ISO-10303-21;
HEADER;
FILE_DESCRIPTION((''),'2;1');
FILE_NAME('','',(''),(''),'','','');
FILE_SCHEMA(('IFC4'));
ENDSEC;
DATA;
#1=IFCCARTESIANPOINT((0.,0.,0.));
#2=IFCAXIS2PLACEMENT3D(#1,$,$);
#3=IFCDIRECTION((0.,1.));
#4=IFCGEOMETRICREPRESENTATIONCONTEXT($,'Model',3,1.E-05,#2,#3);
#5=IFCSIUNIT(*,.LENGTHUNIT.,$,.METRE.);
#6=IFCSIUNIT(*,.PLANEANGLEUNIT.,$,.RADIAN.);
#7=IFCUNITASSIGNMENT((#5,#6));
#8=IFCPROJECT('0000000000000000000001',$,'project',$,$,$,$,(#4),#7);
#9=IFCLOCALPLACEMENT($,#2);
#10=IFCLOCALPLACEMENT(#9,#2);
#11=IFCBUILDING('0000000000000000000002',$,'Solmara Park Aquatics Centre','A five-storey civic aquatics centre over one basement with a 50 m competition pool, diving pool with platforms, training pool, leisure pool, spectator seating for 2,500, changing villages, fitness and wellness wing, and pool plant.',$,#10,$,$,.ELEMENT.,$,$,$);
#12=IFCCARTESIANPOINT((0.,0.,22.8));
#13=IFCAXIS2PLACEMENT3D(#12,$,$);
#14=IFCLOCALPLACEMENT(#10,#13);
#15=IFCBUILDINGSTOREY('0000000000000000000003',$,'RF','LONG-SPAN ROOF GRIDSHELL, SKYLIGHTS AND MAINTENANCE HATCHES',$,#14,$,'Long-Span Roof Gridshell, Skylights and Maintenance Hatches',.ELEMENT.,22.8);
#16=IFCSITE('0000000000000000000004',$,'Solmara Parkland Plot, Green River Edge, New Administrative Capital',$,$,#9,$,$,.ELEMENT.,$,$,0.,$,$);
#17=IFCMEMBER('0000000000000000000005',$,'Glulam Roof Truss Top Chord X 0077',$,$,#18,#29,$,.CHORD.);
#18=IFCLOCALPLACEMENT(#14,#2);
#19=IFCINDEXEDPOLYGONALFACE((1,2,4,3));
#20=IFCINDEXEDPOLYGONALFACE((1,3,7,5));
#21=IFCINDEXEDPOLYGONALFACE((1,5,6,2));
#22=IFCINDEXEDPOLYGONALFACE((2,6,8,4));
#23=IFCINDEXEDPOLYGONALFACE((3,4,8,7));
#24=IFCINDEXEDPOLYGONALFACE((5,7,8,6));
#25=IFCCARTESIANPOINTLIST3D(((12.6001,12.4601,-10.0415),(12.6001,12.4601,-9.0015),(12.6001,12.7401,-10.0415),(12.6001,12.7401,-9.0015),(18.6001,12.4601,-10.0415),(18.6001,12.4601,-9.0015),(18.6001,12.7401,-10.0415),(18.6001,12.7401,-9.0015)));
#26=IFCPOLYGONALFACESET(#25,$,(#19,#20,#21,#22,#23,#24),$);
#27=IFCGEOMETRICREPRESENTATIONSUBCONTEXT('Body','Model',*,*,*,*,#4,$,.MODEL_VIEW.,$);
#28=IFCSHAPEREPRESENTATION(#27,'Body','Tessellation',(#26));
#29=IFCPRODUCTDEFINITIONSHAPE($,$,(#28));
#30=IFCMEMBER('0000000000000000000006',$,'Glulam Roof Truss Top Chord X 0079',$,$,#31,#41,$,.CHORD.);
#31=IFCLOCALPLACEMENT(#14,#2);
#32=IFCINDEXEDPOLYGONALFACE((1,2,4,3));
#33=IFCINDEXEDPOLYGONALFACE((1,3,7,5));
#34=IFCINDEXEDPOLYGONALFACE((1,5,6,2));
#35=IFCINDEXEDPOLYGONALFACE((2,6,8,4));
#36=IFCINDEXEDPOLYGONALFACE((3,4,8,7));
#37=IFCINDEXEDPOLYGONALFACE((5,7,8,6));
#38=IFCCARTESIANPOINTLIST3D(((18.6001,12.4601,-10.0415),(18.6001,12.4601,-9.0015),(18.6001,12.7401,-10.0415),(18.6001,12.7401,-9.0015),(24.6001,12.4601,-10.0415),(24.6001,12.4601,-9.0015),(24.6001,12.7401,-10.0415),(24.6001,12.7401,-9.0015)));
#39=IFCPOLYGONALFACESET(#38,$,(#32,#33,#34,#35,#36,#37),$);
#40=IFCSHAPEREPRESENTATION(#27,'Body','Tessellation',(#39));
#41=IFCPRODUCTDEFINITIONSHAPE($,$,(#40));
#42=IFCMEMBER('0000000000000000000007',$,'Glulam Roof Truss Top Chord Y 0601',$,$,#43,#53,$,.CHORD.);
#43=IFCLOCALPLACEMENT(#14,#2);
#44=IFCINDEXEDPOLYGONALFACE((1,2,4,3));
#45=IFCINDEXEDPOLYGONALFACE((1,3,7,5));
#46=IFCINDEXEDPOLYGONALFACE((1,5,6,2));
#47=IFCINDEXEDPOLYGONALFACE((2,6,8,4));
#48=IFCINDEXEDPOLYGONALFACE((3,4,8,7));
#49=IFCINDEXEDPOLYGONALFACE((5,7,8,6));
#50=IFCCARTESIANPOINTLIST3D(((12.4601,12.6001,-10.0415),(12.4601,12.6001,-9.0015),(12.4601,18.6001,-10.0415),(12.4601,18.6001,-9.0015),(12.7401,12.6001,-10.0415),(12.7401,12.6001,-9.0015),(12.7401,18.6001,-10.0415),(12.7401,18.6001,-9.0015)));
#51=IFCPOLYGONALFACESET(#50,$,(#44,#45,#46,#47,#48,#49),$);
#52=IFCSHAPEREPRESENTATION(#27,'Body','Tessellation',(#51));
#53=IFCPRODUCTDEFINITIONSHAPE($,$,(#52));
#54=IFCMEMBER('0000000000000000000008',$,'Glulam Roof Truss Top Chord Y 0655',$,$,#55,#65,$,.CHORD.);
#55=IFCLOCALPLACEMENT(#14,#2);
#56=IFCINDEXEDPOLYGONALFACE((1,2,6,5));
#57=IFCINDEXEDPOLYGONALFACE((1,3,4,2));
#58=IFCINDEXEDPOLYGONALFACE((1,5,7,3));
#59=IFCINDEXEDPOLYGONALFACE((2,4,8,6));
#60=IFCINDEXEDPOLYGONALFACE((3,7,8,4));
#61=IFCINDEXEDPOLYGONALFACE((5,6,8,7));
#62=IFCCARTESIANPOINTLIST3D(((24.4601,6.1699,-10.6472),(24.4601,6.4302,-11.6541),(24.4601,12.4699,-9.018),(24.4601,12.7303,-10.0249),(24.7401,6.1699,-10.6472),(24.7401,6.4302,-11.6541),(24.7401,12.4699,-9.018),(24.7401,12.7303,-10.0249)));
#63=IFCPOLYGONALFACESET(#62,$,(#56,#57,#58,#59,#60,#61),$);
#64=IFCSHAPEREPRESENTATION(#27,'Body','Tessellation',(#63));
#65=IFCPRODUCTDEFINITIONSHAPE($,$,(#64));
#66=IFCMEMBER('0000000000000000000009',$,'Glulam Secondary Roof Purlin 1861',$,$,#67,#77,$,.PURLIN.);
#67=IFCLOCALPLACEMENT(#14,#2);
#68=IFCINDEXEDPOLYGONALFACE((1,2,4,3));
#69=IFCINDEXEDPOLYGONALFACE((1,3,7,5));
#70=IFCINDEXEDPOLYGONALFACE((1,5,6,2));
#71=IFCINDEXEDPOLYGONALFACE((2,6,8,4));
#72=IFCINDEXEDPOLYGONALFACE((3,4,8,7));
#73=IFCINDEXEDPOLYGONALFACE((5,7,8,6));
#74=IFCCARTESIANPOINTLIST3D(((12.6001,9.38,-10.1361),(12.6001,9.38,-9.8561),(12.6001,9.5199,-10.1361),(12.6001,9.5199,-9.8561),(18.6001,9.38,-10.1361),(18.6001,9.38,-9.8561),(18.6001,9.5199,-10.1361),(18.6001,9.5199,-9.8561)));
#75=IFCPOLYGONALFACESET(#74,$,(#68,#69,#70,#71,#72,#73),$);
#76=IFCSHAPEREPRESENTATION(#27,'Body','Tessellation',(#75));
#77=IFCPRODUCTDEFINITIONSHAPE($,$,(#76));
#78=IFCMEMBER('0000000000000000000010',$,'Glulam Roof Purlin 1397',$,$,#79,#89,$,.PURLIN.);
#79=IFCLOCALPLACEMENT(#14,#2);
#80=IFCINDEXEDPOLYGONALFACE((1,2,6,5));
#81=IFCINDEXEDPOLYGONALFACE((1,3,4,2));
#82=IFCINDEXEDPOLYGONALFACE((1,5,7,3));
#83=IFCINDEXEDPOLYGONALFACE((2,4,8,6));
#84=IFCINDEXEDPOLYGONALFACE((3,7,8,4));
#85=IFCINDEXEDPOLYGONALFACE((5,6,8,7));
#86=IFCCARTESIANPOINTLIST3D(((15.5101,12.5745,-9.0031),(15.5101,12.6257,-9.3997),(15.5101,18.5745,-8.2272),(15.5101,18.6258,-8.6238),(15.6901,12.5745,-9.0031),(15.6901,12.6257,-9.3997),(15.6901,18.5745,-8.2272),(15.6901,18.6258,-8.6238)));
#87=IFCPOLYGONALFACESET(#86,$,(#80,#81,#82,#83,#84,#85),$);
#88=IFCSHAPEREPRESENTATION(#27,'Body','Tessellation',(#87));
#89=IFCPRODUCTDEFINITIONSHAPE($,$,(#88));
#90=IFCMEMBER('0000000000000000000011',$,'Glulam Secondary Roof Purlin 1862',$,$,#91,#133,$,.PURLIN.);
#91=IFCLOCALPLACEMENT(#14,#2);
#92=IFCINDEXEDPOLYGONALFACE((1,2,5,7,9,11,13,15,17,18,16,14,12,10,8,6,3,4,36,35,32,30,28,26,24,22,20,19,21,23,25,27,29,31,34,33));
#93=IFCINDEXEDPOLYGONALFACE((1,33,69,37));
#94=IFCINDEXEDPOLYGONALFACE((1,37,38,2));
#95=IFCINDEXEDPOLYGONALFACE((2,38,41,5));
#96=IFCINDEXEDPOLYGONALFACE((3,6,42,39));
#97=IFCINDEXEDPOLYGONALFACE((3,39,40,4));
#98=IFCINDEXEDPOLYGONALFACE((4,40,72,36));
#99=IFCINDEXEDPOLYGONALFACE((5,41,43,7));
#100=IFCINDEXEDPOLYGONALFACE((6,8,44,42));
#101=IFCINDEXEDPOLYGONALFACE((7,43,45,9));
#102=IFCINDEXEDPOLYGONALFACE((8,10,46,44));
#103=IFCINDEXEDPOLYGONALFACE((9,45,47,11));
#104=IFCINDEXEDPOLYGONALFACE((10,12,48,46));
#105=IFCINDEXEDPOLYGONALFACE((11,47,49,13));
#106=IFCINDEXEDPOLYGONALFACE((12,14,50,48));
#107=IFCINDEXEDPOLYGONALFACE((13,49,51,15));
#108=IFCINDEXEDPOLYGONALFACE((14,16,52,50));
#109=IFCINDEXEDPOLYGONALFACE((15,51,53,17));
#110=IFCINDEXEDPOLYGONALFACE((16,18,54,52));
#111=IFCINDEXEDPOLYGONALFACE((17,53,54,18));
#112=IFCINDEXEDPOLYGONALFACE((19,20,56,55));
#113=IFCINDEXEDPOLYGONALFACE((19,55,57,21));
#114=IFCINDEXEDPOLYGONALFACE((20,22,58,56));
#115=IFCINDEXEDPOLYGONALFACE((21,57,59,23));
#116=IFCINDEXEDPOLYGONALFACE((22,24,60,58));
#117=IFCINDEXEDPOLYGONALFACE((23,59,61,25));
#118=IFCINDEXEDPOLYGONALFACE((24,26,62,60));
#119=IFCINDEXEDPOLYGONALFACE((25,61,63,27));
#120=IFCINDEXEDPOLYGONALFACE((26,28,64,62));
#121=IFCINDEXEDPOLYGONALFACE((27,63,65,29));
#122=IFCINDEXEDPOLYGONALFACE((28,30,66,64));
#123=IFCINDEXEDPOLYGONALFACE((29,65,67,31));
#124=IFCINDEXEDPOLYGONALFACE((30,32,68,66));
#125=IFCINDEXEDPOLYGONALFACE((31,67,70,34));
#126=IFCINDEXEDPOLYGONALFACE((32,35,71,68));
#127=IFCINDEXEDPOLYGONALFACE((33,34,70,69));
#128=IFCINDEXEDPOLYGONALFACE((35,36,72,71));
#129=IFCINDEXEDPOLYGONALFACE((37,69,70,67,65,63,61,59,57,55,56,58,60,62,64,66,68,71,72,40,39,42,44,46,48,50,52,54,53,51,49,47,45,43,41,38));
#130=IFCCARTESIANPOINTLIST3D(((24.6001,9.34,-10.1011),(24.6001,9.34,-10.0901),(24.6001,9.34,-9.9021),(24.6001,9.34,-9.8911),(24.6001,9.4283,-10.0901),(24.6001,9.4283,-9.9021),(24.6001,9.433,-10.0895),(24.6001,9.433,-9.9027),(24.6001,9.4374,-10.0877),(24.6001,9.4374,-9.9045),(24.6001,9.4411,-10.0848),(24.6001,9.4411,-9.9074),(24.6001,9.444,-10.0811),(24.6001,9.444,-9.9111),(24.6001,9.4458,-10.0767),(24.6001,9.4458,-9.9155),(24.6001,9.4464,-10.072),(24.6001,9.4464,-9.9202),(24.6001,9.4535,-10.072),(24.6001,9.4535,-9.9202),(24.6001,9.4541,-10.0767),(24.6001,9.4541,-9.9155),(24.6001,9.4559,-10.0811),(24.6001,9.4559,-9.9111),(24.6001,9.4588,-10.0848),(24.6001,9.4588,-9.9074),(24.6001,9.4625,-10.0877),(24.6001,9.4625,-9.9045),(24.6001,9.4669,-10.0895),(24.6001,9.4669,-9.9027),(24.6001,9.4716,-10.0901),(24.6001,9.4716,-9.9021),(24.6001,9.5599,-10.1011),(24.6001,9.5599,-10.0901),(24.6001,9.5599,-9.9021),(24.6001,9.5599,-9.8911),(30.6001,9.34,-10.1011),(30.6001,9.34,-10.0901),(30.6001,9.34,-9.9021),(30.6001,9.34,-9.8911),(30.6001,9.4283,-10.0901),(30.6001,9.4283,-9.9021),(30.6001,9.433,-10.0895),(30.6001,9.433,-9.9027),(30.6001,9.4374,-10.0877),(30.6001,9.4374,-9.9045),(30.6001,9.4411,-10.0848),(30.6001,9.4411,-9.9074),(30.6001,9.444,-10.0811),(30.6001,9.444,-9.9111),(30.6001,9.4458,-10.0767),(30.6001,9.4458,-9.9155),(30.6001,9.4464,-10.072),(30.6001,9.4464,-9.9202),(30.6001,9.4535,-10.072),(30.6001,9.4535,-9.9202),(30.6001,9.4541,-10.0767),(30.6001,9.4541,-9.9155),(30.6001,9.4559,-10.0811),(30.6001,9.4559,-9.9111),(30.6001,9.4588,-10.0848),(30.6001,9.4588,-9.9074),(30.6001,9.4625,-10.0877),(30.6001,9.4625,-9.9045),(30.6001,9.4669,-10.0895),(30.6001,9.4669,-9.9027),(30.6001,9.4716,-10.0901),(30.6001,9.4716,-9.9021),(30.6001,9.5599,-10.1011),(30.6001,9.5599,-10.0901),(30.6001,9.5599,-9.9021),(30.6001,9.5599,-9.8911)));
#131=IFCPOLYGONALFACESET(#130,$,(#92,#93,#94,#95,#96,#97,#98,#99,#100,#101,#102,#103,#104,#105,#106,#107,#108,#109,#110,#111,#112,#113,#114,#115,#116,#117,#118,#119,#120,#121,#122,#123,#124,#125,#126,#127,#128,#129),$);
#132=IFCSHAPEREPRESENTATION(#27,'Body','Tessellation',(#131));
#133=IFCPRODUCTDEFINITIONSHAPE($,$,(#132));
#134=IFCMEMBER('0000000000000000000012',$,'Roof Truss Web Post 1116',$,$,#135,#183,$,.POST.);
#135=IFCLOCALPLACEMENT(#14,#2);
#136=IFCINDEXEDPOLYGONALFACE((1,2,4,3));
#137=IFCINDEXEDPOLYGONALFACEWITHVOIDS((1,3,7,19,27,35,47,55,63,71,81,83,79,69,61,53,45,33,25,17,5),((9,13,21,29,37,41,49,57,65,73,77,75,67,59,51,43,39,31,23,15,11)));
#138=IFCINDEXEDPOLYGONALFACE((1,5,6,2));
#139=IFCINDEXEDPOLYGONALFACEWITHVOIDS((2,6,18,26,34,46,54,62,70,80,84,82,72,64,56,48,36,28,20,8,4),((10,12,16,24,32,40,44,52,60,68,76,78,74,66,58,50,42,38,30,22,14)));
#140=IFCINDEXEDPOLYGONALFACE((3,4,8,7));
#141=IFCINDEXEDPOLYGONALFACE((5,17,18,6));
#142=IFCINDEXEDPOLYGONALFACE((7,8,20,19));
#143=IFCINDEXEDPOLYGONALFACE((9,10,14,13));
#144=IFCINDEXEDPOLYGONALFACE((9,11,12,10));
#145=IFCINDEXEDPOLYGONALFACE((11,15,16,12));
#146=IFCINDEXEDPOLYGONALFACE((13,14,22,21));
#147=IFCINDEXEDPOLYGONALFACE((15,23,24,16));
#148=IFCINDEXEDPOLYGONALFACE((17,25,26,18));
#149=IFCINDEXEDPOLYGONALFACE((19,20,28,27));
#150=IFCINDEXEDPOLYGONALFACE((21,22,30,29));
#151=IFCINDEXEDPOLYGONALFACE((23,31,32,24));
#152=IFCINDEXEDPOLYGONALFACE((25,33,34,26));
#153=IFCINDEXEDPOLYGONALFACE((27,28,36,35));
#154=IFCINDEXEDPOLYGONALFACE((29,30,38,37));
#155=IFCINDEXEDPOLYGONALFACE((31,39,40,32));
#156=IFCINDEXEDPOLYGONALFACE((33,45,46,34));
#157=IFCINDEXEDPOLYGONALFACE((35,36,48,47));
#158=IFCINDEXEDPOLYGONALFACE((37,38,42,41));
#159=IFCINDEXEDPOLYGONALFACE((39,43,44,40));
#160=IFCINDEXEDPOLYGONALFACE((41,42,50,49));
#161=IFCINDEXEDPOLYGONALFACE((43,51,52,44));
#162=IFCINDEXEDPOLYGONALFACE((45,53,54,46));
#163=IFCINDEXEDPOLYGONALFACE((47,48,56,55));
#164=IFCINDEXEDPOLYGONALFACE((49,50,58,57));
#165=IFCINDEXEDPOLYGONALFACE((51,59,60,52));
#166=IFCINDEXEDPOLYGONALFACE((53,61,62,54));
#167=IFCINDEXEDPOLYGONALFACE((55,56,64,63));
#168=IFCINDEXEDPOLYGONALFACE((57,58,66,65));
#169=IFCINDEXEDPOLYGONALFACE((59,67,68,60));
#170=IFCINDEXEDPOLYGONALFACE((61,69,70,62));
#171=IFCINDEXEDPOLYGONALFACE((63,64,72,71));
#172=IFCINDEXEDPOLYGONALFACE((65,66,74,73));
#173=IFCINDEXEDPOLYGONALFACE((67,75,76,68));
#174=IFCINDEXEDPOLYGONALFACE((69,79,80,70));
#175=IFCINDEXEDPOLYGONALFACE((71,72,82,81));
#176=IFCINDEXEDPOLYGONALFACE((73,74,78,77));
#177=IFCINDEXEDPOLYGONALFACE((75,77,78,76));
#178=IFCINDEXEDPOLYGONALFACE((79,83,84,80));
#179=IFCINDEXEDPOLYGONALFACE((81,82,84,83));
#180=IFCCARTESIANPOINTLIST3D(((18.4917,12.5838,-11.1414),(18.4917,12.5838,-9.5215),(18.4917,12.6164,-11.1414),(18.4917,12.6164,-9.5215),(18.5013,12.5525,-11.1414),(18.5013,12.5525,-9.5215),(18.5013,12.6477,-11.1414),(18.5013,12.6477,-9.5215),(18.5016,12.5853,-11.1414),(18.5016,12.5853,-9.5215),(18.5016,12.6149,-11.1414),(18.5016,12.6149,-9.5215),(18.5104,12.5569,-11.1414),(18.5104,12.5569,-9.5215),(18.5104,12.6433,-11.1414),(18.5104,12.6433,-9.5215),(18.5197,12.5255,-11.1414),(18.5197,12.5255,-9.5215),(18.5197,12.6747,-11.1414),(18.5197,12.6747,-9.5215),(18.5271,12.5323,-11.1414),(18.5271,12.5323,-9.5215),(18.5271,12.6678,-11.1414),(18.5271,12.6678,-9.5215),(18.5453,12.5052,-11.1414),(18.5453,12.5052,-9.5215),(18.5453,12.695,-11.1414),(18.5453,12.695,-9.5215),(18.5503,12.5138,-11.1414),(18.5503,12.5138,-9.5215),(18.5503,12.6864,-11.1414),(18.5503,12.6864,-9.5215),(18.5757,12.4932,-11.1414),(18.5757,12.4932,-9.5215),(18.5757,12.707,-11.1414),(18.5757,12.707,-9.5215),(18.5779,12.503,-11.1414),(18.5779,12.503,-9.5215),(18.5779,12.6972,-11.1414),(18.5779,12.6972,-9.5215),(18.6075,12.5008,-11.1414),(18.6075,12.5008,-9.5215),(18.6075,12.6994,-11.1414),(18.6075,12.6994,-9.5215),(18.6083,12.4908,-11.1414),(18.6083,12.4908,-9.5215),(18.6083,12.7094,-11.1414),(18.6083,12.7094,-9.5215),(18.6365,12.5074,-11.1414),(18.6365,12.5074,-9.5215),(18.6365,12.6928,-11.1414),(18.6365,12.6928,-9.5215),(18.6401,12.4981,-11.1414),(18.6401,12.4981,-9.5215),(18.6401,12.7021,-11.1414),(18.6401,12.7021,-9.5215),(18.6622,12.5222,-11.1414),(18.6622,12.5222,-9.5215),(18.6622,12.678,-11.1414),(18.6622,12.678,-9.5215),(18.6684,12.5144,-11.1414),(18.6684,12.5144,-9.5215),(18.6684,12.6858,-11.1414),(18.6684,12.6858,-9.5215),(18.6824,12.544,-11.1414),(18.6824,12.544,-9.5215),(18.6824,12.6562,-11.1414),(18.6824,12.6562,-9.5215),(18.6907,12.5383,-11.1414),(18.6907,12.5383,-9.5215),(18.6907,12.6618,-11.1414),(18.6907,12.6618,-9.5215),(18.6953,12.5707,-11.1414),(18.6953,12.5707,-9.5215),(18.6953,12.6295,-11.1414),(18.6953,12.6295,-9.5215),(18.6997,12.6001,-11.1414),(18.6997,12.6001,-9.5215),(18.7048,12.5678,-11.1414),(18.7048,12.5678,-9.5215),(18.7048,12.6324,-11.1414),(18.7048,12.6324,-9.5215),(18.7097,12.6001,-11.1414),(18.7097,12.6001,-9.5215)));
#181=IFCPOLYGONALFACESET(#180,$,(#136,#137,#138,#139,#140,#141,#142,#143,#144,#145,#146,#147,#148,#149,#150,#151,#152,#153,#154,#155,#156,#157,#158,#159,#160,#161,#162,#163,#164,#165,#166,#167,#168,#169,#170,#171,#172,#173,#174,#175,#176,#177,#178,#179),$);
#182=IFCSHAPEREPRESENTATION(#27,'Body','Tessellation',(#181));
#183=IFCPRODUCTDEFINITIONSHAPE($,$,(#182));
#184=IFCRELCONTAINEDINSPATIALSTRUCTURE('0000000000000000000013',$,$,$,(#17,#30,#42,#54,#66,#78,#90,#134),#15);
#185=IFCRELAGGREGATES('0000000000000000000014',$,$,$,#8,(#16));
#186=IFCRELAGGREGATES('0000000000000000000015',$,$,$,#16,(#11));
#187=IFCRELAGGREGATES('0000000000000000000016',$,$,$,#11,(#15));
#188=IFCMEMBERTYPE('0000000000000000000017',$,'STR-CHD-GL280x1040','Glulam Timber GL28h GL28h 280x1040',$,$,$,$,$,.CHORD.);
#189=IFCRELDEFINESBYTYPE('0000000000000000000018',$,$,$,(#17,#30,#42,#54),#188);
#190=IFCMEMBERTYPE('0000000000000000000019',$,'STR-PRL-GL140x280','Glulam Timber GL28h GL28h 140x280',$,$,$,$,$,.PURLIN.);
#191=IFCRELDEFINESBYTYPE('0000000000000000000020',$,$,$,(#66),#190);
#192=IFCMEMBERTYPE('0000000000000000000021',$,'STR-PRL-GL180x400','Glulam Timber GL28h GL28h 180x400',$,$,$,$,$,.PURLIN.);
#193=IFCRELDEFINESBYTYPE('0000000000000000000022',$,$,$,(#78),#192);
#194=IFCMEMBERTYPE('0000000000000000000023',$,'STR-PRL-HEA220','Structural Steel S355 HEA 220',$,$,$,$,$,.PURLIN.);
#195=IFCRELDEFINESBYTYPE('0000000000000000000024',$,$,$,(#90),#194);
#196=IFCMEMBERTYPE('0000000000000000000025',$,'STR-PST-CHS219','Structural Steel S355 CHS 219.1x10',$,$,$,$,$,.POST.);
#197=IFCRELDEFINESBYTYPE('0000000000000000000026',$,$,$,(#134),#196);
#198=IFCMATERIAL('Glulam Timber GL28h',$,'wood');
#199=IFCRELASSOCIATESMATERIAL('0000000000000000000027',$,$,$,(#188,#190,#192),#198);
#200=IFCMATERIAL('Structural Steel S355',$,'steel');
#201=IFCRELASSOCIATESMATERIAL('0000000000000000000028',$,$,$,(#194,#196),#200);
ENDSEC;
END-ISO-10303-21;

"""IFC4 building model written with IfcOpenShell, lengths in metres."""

from ifc_helpers import new_model, si_unit, direction, frame, origin, origin_2d, place, context, subcontext, project, spatial, rectangle, hollow_circle, i_section, extrude, material, material_profile, profile_set, type_object, element, save


model = new_model("IFC4")

# Units and contexts
model_context = context("Model", 3, precision=1e-05, world=origin(), true_north=direction((0.0, 1.0)))
body_context = subcontext(model_context, "Body", "Model", "MODEL_VIEW")
ifc_project = project(units=[si_unit("LENGTHUNIT", "METRE"), si_unit("PLANEANGLEUNIT", "RADIAN")], contexts=[model_context])

# Site, building, storey
site_placement = place(None, origin())
site = spatial("IfcSite", under=ifc_project, at=site_placement, Name="Solmara Parkland Plot, Green River Edge, New Administrative Capital", CompositionType="ELEMENT", RefElevation=0.0)
building_placement = place(site_placement, origin())
building = spatial("IfcBuilding", under=site, at=building_placement, Name="Solmara Park Aquatics Centre", Description="A five-storey civic aquatics centre over one basement with a 50 m competition pool, diving pool with platforms, training pool, leisure pool, spectator seating for 2,500, changing villages, fitness and wellness wing, and pool plant.", CompositionType="ELEMENT")
storey_placement = place(building_placement, frame((0.0, 0.0, 22.8)))
storey = spatial("IfcBuildingStorey", under=building, at=storey_placement, Name="RF", Description="LONG-SPAN ROOF GRIDSHELL, SKYLIGHTS AND MAINTENANCE HATCHES", LongName="Long-Span Roof Gridshell, Skylights and Maintenance Hatches", CompositionType="ELEMENT", Elevation=22.8)

# Members
ifc_material_1 = material(Name="Structural Steel S355", Category="steel")
ifc_material_2 = material(Name="Glulam Timber GL28h", Category="wood")
ifc_material_profile_1 = material_profile(ifc_material_2, rectangle(XDim=0.28, YDim=1.04, at=origin_2d()), Name="GL28h 280x1040")
ifc_profile_set_1 = profile_set([ifc_material_profile_1], Name="Glulam Timber GL28h")
member_type_1 = type_object("IfcMemberType", Name="STR-CHD-GL280x1040", Description="Glulam Timber GL28h GL28h 280x1040", PredefinedType="CHORD", material=ifc_profile_set_1)
for number, where, z_axis, x_axis, name in (
    (1, (12.6001, 12.6001, -9.5215), (1.0, 0.0, 0.0), (0.0, 1.0, 0.0), "Glulam Roof Truss Top Chord X 0077"),
    (2, (18.6001, 12.6001, -9.5215), (1.0, 0.0, 0.0), (0.0, 1.0, 0.0), "Glulam Roof Truss Top Chord X 0079"),
    (3, (12.6001, 12.6001, -9.5215), (0.0, 1.0, 0.0), (-1.0, 0.0, 0.0), "Glulam Roof Truss Top Chord Y 0601"),
):
    element("IfcMember", number, at=place(storey_placement, frame(where, z_axis=z_axis, x_axis=x_axis)), inside=storey, type_object=member_type_1, Name=name, PredefinedType="CHORD", context=body_context, shape_type="SweptSolid", body=[
        extrude(rectangle(XDim=0.28, YDim=1.04, at=origin_2d()), origin(), (0.0, 0.0, 1.0), 6.0),
    ])
member_1_placement = place(storey_placement, frame((24.6001, 6.3, -11.1506), z_axis=(0.0, 0.968153, 0.250358), x_axis=(-1.0, 0.0, 0.0)))
element("IfcMember", 4, at=member_1_placement, inside=storey, type_object=member_type_1, Name="Glulam Roof Truss Top Chord Y 0655", PredefinedType="CHORD", context=body_context, shape_type="SweptSolid", body=[
    extrude(rectangle(XDim=0.28, YDim=1.04, at=origin_2d()), origin(), (0.0, 0.0, 1.0), 6.5073),
])
ifc_material_profile_2 = material_profile(ifc_material_2, rectangle(XDim=0.1399, YDim=0.28, at=origin_2d()), Name="GL28h 140x280")
ifc_profile_set_2 = profile_set([ifc_material_profile_2], Name="Glulam Timber GL28h")
member_type_2 = type_object("IfcMemberType", Name="STR-PRL-GL140x280", Description="Glulam Timber GL28h GL28h 140x280", PredefinedType="PURLIN", material=ifc_profile_set_2)
member_2_placement = place(storey_placement, frame((12.6001, 9.45, -9.9961), z_axis=(1.0, 0.0, 0.0), x_axis=(0.0, 1.0, 0.0)))
element("IfcMember", 5, at=member_2_placement, inside=storey, type_object=member_type_2, Name="Glulam Secondary Roof Purlin 1861", PredefinedType="PURLIN", context=body_context, shape_type="SweptSolid", body=[
    extrude(rectangle(XDim=0.1399, YDim=0.28, at=origin_2d()), origin(), (0.0, 0.0, 1.0), 6.0),
])
ifc_material_profile_3 = material_profile(ifc_material_2, rectangle(XDim=0.1799, YDim=0.3999, at=origin_2d()), Name="GL28h 180x400")
ifc_profile_set_3 = profile_set([ifc_material_profile_3], Name="Glulam Timber GL28h")
member_type_3 = type_object("IfcMemberType", Name="STR-PRL-GL180x400", Description="Glulam Timber GL28h GL28h 180x400", PredefinedType="PURLIN", material=ifc_profile_set_3)
member_3_placement = place(storey_placement, frame((15.6001, 12.6001, -9.2014), z_axis=(0.0, 0.991742, 0.128245), x_axis=(-1.0, 0.0, 0.0)))
element("IfcMember", 6, at=member_3_placement, inside=storey, type_object=member_type_3, Name="Glulam Roof Purlin 1397", PredefinedType="PURLIN", context=body_context, shape_type="SweptSolid", body=[
    extrude(rectangle(XDim=0.1799, YDim=0.3999, at=origin_2d()), origin(), (0.0, 0.0, 1.0), 6.05),
])
ifc_material_profile_4 = material_profile(ifc_material_1, i_section(OverallWidth=0.22, OverallDepth=0.21, WebThickness=0.0071, FlangeThickness=0.011, FilletRadius=0.0181, at=origin_2d()), Name="HEA 220")
ifc_profile_set_4 = profile_set([ifc_material_profile_4], Name="Structural Steel S355")
member_type_4 = type_object("IfcMemberType", Name="STR-PRL-HEA220", Description="Structural Steel S355 HEA 220", PredefinedType="PURLIN", material=ifc_profile_set_4)
member_4_placement = place(storey_placement, frame((24.6001, 9.45, -9.9961), z_axis=(1.0, 0.0, 0.0), x_axis=(0.0, 1.0, 0.0)))
element("IfcMember", 7, at=member_4_placement, inside=storey, type_object=member_type_4, Name="Glulam Secondary Roof Purlin 1862", PredefinedType="PURLIN", context=body_context, shape_type="SweptSolid", body=[
    extrude(i_section(OverallWidth=0.22, OverallDepth=0.21, WebThickness=0.0071, FlangeThickness=0.011, FilletRadius=0.0181, at=origin_2d()), origin(), (0.0, 0.0, 1.0), 6.0),
])
ifc_material_profile_5 = material_profile(ifc_material_1, hollow_circle(Radius=0.1096, WallThickness=0.01, at=origin_2d()), Name="CHS 219.1x10")
ifc_profile_set_5 = profile_set([ifc_material_profile_5], Name="Structural Steel S355")
member_type_5 = type_object("IfcMemberType", Name="STR-PST-CHS219", Description="Structural Steel S355 CHS 219.1x10", PredefinedType="POST", material=ifc_profile_set_5)
member_5_placement = place(storey_placement, frame((18.6001, 12.6001, -11.1414), z_axis=(0.0, 0.0, 1.0), x_axis=(1.0, 0.0, 0.0)))
element("IfcMember", 8, at=member_5_placement, inside=storey, type_object=member_type_5, Name="Roof Truss Web Post 1116", PredefinedType="POST", context=body_context, shape_type="SweptSolid", body=[
    extrude(hollow_circle(Radius=0.1096, WallThickness=0.01, at=origin_2d()), origin(), (0.0, 0.0, 1.0), 1.6199),
])

save(model, "model.ifc")
